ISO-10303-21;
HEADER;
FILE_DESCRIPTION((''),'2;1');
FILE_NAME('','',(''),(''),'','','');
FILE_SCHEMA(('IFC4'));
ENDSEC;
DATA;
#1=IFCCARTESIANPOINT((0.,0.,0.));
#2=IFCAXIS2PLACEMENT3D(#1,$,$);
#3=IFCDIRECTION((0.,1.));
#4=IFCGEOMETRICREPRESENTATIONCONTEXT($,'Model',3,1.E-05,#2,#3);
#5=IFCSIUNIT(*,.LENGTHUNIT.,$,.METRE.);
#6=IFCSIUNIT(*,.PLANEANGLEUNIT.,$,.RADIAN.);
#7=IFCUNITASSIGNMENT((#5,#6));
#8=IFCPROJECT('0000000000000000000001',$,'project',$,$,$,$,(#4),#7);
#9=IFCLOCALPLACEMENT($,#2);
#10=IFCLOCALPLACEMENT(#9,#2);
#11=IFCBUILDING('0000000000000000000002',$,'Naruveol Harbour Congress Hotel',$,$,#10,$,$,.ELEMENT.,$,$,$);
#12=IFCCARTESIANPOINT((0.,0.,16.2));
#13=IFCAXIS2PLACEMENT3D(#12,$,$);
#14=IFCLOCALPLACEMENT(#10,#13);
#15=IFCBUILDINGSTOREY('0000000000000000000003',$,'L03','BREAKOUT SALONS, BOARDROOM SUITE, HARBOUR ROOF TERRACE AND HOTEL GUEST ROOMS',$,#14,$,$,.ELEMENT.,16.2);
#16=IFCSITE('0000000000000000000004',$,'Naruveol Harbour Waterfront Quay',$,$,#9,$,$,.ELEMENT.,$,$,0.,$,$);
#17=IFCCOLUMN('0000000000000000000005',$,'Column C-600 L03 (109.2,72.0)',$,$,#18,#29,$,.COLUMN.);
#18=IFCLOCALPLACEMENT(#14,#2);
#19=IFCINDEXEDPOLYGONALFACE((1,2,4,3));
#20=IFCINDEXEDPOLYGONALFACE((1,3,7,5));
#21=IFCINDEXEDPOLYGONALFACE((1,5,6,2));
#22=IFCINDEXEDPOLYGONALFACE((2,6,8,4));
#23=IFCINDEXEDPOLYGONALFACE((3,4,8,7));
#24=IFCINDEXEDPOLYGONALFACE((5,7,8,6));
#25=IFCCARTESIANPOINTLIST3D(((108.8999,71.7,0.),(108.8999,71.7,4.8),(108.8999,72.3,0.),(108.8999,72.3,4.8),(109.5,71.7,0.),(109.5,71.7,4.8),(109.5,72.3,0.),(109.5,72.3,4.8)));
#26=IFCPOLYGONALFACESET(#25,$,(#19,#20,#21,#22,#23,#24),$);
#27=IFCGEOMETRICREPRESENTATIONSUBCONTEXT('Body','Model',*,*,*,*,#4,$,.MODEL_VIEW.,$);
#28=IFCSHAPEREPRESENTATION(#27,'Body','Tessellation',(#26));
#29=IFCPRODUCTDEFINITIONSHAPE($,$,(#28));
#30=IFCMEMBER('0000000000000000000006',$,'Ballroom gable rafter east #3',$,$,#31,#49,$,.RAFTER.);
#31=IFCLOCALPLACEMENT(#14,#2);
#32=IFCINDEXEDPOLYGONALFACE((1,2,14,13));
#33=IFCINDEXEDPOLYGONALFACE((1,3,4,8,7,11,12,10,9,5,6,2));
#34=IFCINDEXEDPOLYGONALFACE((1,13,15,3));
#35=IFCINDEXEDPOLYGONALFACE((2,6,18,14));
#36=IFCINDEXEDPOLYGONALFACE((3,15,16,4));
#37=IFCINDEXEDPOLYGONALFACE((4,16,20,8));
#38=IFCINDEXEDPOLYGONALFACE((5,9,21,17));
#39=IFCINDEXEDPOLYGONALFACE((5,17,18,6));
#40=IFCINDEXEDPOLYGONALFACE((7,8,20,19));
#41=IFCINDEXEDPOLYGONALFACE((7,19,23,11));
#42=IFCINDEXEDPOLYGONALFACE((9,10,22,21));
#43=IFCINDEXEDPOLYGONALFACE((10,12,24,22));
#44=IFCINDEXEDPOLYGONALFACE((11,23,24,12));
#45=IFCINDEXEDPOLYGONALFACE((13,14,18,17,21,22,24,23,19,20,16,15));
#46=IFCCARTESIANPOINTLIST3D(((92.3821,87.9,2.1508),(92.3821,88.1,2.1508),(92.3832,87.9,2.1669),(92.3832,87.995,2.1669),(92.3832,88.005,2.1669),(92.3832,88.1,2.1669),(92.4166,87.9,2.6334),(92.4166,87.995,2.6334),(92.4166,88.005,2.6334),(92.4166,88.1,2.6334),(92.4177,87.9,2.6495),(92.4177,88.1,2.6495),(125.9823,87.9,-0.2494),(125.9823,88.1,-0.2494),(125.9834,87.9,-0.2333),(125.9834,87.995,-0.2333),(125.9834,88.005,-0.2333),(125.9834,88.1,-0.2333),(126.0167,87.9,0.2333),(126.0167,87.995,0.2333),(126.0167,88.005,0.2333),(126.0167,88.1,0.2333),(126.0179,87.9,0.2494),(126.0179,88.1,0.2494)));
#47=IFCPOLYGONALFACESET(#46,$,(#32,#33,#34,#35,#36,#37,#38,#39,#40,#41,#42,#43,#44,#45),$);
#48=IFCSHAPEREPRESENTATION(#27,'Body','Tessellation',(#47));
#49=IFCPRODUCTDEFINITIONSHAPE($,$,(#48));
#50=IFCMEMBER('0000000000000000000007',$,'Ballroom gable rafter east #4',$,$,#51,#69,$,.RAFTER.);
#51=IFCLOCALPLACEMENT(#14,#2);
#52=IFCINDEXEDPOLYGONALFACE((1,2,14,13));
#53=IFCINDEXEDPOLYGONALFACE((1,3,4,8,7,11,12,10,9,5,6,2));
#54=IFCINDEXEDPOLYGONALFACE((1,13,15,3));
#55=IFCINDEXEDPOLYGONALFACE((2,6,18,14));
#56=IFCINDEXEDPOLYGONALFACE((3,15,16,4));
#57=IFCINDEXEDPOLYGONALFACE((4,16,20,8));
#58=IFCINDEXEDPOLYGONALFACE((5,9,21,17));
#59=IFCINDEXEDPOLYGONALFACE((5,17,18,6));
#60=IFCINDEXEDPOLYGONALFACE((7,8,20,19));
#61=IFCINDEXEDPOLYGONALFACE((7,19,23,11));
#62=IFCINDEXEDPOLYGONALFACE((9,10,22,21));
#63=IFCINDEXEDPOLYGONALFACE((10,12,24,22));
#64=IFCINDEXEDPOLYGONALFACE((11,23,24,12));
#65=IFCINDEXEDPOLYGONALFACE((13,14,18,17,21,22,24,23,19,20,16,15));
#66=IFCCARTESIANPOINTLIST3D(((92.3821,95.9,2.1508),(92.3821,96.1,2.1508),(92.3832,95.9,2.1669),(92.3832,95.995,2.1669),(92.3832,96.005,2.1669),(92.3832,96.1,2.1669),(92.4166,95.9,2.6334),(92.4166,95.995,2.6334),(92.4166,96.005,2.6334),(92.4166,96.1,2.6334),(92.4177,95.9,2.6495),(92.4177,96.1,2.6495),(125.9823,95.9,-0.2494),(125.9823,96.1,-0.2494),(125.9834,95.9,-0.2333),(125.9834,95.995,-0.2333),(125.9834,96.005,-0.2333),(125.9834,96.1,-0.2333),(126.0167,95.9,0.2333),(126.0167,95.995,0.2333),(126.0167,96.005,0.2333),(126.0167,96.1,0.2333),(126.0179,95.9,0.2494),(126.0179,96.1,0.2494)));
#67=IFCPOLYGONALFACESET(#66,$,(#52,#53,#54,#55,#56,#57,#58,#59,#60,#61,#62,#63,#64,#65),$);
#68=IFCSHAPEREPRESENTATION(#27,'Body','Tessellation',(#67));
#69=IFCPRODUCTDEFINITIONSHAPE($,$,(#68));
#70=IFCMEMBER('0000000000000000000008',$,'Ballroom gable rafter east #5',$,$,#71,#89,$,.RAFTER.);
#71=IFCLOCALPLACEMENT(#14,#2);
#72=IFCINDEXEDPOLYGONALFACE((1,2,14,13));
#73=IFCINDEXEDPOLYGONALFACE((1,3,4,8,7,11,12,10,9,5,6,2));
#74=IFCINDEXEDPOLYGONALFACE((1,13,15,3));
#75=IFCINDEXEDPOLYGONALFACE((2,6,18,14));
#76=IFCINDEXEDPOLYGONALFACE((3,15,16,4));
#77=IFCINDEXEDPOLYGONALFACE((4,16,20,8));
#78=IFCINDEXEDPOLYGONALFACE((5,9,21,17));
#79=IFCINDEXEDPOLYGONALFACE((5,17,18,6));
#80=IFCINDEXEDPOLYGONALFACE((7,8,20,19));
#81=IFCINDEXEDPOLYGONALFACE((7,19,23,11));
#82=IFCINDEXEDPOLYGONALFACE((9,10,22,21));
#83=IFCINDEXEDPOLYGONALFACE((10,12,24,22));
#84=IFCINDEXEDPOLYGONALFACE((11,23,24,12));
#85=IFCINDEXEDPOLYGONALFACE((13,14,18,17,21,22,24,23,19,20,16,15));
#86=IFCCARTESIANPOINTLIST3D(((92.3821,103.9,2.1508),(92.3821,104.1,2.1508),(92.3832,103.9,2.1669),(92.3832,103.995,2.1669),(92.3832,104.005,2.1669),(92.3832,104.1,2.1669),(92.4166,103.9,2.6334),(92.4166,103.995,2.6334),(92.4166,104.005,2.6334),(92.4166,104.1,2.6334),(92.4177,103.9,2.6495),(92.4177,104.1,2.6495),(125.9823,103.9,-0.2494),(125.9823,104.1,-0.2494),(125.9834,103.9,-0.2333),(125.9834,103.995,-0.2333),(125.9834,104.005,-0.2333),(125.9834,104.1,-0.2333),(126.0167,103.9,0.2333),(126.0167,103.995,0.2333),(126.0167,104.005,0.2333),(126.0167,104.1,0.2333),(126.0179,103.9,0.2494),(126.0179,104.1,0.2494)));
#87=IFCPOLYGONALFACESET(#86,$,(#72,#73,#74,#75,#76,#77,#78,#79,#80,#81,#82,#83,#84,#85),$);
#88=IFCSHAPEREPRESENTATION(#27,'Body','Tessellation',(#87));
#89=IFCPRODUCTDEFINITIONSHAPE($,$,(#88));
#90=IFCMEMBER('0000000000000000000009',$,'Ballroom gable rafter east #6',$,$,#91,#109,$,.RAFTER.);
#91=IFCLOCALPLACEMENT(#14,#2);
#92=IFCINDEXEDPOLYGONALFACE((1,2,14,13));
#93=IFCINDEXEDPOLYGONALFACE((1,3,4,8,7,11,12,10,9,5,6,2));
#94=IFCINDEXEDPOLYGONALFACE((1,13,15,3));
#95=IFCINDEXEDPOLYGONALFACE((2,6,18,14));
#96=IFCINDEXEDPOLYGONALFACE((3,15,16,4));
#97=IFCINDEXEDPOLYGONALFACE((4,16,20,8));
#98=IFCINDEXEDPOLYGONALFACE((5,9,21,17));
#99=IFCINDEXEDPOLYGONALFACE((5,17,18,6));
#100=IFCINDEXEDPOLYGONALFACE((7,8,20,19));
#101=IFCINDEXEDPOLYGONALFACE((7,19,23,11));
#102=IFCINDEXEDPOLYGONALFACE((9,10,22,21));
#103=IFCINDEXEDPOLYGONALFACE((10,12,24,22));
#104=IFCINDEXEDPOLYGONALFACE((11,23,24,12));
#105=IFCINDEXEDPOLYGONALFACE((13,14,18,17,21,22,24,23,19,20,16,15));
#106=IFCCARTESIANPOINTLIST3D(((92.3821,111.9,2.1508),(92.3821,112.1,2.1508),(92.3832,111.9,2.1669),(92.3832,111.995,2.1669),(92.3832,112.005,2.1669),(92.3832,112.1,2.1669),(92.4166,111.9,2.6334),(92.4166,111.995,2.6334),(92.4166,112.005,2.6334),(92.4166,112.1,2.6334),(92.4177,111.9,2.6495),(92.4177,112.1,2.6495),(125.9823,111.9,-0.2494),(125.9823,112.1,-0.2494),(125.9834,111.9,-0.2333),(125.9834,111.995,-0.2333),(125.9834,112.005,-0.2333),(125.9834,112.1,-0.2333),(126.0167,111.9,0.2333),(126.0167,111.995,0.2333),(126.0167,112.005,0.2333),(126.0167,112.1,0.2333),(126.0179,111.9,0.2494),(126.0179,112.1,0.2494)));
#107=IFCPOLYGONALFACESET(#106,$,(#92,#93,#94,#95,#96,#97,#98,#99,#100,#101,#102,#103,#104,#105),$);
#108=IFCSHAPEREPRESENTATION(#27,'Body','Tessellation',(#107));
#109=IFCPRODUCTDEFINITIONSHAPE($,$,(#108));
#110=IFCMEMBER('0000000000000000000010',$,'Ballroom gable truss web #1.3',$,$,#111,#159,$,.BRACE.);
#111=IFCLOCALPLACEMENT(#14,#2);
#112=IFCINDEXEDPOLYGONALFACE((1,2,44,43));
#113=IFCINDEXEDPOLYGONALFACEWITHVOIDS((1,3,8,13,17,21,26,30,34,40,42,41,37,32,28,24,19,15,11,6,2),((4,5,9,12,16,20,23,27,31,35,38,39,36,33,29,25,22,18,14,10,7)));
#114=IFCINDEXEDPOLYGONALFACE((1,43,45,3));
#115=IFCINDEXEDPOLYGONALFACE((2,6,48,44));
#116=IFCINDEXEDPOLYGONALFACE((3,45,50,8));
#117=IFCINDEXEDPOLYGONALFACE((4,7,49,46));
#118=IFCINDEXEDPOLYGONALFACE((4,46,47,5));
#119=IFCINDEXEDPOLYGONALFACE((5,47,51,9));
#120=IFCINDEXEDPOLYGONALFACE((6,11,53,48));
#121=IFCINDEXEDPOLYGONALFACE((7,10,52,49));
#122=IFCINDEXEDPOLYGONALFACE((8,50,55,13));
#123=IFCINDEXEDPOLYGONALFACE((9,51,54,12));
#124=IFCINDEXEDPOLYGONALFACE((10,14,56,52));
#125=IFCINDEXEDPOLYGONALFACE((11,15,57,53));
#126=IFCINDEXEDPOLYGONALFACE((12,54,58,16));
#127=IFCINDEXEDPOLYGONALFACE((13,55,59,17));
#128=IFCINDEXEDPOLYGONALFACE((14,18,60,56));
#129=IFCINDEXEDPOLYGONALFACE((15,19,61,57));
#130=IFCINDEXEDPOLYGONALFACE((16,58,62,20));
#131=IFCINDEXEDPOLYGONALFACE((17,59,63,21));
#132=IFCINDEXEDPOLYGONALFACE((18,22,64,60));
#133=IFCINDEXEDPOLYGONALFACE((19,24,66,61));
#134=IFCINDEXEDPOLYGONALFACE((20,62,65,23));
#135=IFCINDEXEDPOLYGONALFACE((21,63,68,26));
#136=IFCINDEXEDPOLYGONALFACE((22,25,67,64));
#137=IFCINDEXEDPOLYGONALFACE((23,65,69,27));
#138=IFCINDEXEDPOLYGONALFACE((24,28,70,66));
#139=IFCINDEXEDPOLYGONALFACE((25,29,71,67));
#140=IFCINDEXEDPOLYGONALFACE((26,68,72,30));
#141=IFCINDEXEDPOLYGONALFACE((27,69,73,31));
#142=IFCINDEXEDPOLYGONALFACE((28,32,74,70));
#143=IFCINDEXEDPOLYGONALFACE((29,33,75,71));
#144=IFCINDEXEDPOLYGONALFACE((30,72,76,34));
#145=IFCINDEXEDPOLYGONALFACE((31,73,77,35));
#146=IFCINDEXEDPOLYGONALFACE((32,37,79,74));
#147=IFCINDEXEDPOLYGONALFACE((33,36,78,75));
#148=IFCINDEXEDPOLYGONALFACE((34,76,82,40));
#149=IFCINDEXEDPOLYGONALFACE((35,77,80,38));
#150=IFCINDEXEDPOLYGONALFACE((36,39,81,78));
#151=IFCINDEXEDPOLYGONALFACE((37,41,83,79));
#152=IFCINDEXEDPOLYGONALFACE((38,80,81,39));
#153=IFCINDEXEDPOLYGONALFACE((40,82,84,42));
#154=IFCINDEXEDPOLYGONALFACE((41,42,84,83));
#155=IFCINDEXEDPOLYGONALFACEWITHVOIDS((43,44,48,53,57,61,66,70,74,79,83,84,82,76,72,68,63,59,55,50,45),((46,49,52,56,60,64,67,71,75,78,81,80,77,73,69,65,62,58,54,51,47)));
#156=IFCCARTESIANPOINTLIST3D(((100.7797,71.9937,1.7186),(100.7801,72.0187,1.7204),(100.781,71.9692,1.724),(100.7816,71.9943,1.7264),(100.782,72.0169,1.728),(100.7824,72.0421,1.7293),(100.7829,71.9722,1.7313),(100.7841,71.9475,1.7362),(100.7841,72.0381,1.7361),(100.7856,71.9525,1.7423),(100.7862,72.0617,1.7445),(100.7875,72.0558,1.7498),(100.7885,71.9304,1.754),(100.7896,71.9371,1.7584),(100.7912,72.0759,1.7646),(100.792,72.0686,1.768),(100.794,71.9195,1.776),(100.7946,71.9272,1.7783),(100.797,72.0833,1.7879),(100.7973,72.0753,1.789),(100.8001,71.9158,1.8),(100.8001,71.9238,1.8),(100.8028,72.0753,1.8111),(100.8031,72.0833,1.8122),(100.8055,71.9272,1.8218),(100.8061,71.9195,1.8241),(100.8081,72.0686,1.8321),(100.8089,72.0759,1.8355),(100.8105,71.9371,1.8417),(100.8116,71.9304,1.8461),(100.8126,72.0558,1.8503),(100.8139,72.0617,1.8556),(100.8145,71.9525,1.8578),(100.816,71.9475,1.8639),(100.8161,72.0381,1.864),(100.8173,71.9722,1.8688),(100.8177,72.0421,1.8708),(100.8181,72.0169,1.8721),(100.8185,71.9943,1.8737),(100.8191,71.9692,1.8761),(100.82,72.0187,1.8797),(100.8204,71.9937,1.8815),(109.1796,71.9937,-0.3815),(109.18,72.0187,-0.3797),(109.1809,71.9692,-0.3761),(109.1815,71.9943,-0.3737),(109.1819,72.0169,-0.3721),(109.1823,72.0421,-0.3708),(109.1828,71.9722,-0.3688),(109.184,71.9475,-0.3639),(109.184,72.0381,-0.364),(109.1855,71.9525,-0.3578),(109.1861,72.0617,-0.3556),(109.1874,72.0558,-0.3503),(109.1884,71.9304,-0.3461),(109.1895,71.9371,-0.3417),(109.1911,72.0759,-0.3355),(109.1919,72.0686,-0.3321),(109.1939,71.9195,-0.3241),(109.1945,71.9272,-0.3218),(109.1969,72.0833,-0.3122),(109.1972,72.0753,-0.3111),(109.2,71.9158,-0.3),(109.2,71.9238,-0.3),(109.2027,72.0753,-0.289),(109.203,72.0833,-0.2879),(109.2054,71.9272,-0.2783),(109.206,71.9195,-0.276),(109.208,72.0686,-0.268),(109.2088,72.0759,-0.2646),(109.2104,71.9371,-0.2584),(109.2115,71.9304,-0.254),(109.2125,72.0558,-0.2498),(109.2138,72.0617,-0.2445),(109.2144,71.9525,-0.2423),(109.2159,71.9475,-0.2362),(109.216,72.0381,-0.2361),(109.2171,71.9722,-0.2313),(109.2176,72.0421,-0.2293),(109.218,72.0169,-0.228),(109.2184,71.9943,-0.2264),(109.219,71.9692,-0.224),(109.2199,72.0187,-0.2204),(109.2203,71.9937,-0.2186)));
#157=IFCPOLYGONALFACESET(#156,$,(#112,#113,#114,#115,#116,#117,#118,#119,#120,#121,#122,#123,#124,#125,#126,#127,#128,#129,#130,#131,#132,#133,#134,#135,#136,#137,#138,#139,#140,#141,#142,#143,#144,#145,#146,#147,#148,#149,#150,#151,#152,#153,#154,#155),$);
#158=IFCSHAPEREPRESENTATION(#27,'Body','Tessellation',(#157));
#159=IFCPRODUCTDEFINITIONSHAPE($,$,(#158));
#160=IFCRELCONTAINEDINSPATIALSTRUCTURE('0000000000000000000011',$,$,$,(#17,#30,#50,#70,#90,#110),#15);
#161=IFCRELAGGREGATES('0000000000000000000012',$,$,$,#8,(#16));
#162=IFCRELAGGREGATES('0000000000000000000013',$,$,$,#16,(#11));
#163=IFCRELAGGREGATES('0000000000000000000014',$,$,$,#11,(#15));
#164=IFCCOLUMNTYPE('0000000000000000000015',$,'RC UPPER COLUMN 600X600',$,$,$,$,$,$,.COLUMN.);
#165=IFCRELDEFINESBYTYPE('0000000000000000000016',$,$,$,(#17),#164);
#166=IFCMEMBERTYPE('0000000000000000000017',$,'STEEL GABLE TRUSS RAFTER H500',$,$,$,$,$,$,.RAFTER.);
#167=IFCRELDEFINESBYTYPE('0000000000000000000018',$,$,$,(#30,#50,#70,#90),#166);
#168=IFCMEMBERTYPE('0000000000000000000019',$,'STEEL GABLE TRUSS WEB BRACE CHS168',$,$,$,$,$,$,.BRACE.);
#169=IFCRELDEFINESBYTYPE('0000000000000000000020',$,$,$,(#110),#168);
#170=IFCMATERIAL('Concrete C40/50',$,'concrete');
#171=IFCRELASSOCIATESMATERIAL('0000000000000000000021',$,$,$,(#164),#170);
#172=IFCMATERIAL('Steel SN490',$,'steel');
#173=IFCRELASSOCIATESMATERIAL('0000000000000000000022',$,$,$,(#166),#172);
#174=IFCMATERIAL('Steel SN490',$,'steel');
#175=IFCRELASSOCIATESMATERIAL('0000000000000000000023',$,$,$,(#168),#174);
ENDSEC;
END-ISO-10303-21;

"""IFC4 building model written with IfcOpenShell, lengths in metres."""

from ifc_helpers import new_model, si_unit, direction, frame, origin, origin_2d, place, context, subcontext, project, spatial, rectangle, hollow_circle, i_section, extrude, material, material_profile, profile_set, type_object, element, save


model = new_model("IFC4")

# Units and contexts
model_context = context("Model", 3, precision=1e-05, world=origin(), true_north=direction((0.0, 1.0)))
body_context = subcontext(model_context, "Body", "Model", "MODEL_VIEW")
ifc_project = project(units=[si_unit("LENGTHUNIT", "METRE"), si_unit("PLANEANGLEUNIT", "RADIAN")], contexts=[model_context])

# Site, building, storey
site_placement = place(None, origin())
site = spatial("IfcSite", under=ifc_project, at=site_placement, Name="Naruveol Harbour Waterfront Quay", CompositionType="ELEMENT", RefElevation=0.0)
building_placement = place(site_placement, origin())
building = spatial("IfcBuilding", under=site, at=building_placement, Name="Naruveol Harbour Congress Hotel", CompositionType="ELEMENT")
storey_placement = place(building_placement, frame((0.0, 0.0, 16.2)))
storey = spatial("IfcBuildingStorey", under=building, at=storey_placement, Name="L03", Description="BREAKOUT SALONS, BOARDROOM SUITE, HARBOUR ROOF TERRACE AND HOTEL GUEST ROOMS", CompositionType="ELEMENT", Elevation=16.2)

# Column
ifc_material_1 = material(Name="Concrete C40/50", Category="concrete")
ifc_material_profile_1 = material_profile(ifc_material_1, rectangle(XDim=0.6001, YDim=0.6001, at=origin_2d()), Name="RC-600x600")
ifc_profile_set_1 = profile_set([ifc_material_profile_1], Name="Concrete C40/50")
column_type = type_object("IfcColumnType", Name="RC UPPER COLUMN 600X600", PredefinedType="COLUMN", material=ifc_profile_set_1)
column_placement = place(storey_placement, frame((109.2, 72.0, 0.0), z_axis=(0.0, 0.0, 1.0), x_axis=(1.0, 0.0, 0.0)))
element("IfcColumn", 1, at=column_placement, inside=storey, type_object=column_type, Name="Column C-600 L03 (109.2,72.0)", PredefinedType="COLUMN", context=body_context, shape_type="SweptSolid", body=[
    extrude(rectangle(XDim=0.6001, YDim=0.6001, at=origin_2d()), origin(), (0.0, 0.0, 1.0), 4.8),
])

# Members
ifc_material_2 = material(Name="Steel SN490", Category="steel")
ifc_material_profile_2 = material_profile(ifc_material_2, i_section(OverallWidth=0.2, OverallDepth=0.5, WebThickness=0.01, FlangeThickness=0.0161, at=origin_2d()), Name="H-500x200x10x16")
ifc_profile_set_2 = profile_set([ifc_material_profile_2], Name="Steel SN490")
member_type_1 = type_object("IfcMemberType", Name="STEEL GABLE TRUSS RAFTER H500", PredefinedType="RAFTER", material=ifc_profile_set_2)
for number, where, z_axis, x_axis, name in (
    (2, (92.3999, 88.0, 2.4001), (0.997458, 0.0, -0.071251), (0.0, 1.0, 0.0), "Ballroom gable rafter east #3"),
    (3, (92.3999, 96.0, 2.4001), (0.997458, 0.0, -0.071251), (0.0, 1.0, 0.0), "Ballroom gable rafter east #4"),
    (4, (92.3999, 104.0, 2.4001), (0.997458, 0.0, -0.071251), (0.0, 1.0, 0.0), "Ballroom gable rafter east #5"),
    (5, (92.3999, 112.0, 2.4001), (0.997458, 0.0, -0.071251), (0.0, 1.0, 0.0), "Ballroom gable rafter east #6"),
):
    element("IfcMember", number, at=place(storey_placement, frame(where, z_axis=z_axis, x_axis=x_axis)), inside=storey, type_object=member_type_1, Name=name, PredefinedType="RAFTER", context=body_context, shape_type="SweptSolid", body=[
        extrude(i_section(OverallWidth=0.2, OverallDepth=0.5, WebThickness=0.01, FlangeThickness=0.0161, at=origin_2d()), origin(), (0.0, 0.0, 1.0), 33.6858),
    ])
ifc_material_3 = material(Name="Steel SN490", Category="steel")
ifc_material_profile_3 = material_profile(ifc_material_3, hollow_circle(Radius=0.0842, WallThickness=0.0081, at=origin_2d()), Name="CHS-168.3x8")
ifc_profile_set_3 = profile_set([ifc_material_profile_3], Name="Steel SN490")
member_type_2 = type_object("IfcMemberType", Name="STEEL GABLE TRUSS WEB BRACE CHS168", PredefinedType="BRACE", material=ifc_profile_set_3)
member_1_placement = place(storey_placement, frame((109.2, 72.0, -0.3), z_axis=(-0.970139, 0.0, 0.242549), x_axis=(0.0, -1.0, 0.0)))
element("IfcMember", 6, at=member_1_placement, inside=storey, type_object=member_type_2, Name="Ballroom gable truss web #1.3", PredefinedType="BRACE", context=body_context, shape_type="SweptSolid", body=[
    extrude(hollow_circle(Radius=0.0842, WallThickness=0.0081, at=origin_2d()), origin(), (0.0, 0.0, 1.0), 8.6584),
])

save(model, "model.ifc")
